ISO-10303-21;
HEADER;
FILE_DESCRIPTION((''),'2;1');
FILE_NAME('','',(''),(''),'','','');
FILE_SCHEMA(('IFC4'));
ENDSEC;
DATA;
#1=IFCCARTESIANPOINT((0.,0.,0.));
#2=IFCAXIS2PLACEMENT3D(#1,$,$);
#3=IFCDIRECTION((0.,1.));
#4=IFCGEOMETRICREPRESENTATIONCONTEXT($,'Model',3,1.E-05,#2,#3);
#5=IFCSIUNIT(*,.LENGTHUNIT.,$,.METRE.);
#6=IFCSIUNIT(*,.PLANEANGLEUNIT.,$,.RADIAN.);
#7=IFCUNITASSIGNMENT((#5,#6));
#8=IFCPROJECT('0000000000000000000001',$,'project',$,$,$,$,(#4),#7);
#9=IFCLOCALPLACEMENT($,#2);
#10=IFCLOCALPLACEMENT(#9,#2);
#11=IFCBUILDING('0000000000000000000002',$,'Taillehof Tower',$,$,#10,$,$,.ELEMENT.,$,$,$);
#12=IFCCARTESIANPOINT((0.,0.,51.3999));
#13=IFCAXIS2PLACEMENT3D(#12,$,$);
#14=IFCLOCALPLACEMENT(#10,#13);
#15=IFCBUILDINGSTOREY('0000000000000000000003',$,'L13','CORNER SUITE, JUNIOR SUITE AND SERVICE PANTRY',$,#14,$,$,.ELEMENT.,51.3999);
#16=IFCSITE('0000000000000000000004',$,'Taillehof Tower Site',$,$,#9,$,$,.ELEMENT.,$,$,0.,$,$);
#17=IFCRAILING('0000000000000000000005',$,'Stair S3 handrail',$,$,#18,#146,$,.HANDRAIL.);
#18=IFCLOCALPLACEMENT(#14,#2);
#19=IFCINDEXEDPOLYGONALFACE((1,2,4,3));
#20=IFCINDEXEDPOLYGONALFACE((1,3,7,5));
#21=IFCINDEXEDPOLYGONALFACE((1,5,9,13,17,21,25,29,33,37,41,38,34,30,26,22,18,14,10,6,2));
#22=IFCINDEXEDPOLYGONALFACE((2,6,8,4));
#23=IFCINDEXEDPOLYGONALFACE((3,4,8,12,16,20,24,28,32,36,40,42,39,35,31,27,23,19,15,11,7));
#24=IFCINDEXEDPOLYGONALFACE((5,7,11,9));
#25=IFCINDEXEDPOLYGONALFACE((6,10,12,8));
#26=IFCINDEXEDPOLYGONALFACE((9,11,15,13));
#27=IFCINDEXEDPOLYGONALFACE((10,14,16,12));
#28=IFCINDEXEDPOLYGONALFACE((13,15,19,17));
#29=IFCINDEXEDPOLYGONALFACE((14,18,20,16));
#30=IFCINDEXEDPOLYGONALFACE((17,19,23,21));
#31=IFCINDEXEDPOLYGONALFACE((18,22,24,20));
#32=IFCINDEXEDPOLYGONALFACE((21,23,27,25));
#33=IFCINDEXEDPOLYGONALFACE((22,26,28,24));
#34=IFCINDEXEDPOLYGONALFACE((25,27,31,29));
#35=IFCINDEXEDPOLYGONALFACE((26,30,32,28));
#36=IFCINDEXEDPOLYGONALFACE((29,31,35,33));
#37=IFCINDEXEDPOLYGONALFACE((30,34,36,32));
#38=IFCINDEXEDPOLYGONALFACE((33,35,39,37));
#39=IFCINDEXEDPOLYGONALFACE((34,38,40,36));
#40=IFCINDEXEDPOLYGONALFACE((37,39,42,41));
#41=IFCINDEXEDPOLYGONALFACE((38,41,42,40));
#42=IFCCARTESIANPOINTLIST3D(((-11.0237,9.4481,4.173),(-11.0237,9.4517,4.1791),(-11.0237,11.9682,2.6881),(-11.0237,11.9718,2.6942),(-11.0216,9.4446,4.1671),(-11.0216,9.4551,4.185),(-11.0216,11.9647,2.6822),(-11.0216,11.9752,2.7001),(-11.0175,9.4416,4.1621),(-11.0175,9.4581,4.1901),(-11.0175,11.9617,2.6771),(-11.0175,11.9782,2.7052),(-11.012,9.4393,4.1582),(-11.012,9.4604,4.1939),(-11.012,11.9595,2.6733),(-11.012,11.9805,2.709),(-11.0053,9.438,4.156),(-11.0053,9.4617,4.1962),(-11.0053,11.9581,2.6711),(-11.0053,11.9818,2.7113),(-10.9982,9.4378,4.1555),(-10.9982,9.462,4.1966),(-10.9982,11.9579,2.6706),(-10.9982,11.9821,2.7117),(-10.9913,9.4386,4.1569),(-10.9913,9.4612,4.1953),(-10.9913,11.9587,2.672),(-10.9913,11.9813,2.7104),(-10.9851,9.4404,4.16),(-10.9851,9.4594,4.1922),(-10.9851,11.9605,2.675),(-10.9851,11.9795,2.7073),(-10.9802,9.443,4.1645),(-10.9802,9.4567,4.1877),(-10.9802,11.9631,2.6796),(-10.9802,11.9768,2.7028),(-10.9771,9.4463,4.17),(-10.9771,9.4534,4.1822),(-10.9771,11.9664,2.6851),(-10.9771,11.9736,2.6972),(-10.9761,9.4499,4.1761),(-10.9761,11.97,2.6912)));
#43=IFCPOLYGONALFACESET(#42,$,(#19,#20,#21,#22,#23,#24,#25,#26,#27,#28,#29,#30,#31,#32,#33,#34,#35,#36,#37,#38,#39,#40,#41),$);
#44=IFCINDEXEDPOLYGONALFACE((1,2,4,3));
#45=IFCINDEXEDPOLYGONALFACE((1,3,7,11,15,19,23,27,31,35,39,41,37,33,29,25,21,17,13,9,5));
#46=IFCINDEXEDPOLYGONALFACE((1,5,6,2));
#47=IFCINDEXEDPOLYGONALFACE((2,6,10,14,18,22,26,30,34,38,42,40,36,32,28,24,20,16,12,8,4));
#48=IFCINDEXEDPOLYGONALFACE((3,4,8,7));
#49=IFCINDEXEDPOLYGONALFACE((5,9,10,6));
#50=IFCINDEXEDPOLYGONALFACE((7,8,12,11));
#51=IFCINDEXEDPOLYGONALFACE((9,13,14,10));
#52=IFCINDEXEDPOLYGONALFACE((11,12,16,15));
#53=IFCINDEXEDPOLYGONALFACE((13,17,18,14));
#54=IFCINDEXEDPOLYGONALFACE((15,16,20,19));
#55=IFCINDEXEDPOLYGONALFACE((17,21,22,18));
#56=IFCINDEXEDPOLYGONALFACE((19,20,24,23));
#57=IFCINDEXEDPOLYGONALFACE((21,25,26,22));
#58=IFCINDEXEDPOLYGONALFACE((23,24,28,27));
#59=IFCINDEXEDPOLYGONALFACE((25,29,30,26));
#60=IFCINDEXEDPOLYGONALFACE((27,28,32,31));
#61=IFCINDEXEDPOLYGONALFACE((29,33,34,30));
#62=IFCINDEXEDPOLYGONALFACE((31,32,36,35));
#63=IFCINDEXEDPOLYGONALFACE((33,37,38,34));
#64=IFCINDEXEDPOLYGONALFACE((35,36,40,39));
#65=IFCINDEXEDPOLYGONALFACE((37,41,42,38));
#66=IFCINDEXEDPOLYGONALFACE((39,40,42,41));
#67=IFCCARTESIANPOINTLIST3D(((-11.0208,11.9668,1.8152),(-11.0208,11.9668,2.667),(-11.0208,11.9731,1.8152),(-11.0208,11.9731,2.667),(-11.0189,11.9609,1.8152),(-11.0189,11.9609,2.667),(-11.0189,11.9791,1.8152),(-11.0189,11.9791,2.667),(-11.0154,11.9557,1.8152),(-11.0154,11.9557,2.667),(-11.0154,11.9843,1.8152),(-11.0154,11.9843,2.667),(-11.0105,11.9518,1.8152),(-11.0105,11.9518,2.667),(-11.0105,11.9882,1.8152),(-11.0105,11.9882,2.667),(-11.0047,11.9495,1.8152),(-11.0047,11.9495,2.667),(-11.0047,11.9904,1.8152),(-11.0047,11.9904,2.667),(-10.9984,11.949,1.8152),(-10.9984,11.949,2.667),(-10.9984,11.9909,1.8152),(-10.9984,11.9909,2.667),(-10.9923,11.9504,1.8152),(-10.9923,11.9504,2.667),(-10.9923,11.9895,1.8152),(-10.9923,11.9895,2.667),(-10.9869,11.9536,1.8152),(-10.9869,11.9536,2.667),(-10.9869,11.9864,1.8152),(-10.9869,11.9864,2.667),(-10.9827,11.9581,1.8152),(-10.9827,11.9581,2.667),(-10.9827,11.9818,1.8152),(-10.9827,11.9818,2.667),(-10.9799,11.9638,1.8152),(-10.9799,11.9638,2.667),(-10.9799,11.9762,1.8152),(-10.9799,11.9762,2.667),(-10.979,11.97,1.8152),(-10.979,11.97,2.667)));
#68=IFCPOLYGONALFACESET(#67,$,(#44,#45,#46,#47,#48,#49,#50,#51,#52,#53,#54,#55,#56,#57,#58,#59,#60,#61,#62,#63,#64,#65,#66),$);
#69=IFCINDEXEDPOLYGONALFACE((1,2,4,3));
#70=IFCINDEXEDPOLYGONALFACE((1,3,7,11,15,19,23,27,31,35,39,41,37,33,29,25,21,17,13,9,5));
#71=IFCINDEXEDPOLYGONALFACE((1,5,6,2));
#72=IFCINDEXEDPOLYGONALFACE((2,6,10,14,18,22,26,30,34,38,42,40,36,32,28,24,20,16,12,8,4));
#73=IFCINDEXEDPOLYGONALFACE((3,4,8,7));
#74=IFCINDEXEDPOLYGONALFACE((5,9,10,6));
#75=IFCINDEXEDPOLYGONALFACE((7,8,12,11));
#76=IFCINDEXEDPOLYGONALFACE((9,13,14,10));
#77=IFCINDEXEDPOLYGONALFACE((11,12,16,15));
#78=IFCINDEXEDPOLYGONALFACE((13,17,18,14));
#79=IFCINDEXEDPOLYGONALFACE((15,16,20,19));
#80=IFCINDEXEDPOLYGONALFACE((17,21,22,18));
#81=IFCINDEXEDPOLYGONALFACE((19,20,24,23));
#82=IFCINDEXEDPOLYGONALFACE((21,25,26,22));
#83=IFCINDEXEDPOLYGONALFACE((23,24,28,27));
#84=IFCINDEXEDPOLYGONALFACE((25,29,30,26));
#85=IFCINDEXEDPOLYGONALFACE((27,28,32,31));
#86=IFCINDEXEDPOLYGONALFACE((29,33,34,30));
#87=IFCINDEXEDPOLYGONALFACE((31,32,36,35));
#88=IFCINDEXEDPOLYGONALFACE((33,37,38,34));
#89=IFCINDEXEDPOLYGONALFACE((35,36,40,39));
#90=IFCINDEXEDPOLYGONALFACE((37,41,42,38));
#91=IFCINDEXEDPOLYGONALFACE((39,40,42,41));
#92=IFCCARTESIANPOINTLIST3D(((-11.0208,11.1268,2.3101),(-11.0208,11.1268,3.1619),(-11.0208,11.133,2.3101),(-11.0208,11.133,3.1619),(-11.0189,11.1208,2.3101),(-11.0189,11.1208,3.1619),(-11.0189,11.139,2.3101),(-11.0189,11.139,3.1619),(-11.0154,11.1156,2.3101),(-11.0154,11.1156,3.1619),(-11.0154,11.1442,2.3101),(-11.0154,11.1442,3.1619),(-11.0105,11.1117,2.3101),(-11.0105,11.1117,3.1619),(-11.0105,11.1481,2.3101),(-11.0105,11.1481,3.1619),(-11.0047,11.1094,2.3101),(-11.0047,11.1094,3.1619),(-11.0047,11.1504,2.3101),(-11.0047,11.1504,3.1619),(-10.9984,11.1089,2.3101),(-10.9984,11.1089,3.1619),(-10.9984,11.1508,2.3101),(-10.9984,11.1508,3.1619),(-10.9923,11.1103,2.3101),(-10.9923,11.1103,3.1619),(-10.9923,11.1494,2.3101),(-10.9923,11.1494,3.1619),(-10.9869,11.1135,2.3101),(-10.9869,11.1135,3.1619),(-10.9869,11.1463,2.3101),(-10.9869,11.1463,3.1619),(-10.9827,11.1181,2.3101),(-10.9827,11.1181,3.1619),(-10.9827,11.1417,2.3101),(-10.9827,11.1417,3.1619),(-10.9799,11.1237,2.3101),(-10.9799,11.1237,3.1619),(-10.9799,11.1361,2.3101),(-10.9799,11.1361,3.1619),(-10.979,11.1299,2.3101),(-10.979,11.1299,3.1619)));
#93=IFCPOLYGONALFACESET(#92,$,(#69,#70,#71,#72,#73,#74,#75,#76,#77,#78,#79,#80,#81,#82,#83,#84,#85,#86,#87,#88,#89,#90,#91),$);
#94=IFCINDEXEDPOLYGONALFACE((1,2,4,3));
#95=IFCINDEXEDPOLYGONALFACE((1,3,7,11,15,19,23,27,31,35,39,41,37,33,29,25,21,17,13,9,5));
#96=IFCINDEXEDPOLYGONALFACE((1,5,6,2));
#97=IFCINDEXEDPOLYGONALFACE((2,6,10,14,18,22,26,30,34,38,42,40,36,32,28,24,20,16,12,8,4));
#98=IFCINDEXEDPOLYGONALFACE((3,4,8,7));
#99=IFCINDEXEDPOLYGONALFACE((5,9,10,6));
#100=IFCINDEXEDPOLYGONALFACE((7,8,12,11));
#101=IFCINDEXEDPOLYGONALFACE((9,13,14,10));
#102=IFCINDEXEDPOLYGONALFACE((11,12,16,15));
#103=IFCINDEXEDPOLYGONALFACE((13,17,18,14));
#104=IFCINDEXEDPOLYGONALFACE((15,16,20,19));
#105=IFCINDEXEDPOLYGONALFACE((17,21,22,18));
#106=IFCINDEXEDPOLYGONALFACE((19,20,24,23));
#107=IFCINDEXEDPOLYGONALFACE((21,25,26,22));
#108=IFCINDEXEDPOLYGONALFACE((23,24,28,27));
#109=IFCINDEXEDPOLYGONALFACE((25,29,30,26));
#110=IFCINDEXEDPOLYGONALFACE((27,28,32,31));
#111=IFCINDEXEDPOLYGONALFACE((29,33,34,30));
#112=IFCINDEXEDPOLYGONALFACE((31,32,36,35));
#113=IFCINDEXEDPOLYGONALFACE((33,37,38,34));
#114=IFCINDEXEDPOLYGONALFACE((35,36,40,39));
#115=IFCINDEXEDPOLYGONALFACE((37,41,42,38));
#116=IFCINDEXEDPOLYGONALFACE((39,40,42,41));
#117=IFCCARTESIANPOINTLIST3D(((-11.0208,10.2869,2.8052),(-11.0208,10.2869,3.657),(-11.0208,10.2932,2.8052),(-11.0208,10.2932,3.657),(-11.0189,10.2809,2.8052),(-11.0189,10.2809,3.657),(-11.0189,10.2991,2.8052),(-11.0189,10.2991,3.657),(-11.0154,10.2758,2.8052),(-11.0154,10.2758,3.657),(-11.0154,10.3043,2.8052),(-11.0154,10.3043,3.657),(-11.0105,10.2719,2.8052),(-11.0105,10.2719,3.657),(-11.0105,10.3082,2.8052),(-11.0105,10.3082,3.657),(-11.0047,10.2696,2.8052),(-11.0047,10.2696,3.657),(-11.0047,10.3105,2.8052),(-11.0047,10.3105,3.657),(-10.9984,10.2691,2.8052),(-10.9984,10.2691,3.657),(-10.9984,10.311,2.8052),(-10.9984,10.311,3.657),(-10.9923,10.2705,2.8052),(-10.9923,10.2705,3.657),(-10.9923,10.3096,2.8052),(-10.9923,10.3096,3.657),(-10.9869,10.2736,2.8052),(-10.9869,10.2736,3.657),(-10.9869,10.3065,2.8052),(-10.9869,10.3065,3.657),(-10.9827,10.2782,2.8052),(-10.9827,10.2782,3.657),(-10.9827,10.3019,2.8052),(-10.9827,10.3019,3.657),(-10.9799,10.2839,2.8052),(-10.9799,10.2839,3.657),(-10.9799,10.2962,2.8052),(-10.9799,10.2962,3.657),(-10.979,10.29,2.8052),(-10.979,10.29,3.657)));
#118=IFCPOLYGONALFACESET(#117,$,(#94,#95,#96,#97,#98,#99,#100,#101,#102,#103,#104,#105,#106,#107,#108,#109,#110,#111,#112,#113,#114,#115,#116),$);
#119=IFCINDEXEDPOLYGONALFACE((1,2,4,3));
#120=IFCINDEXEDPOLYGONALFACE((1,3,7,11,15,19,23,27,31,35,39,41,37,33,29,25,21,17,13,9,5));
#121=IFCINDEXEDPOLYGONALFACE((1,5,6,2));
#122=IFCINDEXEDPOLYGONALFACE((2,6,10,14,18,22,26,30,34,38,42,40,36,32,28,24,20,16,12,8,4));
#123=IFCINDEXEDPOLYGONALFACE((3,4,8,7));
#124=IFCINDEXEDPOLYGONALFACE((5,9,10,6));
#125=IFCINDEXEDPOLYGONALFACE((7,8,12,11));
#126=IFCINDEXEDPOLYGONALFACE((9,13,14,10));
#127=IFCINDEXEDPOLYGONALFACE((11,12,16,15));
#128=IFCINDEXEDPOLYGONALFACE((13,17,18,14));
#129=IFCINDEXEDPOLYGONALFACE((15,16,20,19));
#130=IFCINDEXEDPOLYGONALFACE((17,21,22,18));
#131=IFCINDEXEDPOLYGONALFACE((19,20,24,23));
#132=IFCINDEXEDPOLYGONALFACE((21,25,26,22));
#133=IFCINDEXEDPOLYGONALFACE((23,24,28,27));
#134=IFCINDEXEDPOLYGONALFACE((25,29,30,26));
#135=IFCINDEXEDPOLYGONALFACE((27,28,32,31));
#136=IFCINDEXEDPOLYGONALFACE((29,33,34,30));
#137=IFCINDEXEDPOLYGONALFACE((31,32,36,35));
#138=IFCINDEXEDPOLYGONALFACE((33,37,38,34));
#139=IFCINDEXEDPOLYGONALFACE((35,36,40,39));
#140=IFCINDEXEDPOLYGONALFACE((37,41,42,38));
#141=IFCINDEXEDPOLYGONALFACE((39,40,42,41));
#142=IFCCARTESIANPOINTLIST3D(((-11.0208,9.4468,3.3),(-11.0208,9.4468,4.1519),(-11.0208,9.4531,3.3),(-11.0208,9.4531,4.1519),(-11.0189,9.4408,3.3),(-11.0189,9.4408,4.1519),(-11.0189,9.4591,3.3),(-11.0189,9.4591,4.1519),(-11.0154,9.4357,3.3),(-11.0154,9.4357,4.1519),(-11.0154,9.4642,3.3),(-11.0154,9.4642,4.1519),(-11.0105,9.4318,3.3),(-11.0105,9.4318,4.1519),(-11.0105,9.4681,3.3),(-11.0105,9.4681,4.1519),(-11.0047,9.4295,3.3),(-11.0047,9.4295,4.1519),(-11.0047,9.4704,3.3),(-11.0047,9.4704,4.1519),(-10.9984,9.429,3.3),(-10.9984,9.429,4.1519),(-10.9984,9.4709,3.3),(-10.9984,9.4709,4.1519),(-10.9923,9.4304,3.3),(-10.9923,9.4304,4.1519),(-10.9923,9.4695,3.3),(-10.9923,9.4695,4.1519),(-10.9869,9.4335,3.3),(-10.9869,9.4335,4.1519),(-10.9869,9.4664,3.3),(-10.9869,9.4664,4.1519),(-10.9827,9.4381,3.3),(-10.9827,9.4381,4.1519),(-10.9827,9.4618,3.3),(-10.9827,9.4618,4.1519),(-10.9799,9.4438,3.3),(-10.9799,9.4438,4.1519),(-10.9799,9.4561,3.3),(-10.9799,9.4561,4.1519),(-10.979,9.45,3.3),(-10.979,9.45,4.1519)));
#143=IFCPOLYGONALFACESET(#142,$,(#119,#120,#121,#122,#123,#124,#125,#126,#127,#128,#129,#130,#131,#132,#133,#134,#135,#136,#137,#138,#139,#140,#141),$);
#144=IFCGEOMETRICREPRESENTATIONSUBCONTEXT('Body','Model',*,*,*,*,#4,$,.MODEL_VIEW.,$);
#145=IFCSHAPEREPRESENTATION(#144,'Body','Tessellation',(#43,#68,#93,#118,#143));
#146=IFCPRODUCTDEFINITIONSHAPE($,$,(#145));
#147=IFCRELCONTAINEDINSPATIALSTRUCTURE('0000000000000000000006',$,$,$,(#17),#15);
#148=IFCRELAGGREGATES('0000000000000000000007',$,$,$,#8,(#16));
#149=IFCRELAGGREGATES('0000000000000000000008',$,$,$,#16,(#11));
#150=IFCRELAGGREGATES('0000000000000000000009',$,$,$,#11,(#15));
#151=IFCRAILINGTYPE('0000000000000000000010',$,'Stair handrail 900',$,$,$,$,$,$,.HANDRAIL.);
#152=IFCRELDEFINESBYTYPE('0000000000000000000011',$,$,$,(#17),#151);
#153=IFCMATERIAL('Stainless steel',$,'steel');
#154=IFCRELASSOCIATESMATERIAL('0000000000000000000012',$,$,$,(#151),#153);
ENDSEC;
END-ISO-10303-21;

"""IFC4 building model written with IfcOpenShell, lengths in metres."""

from ifc_helpers import new_model, si_unit, direction, frame, origin, origin_2d, place, context, subcontext, project, spatial, circle, extrude, material, type_object, element, save


model = new_model("IFC4")

# Units and contexts
model_context = context("Model", 3, precision=1e-05, world=origin(), true_north=direction((0.0, 1.0)))
body_context = subcontext(model_context, "Body", "Model", "MODEL_VIEW")
ifc_project = project(units=[si_unit("LENGTHUNIT", "METRE"), si_unit("PLANEANGLEUNIT", "RADIAN")], contexts=[model_context])

# Site, building, storey
site_placement = place(None, origin())
site = spatial("IfcSite", under=ifc_project, at=site_placement, Name="Taillehof Tower Site", CompositionType="ELEMENT", RefElevation=0.0)
building_placement = place(site_placement, origin())
building = spatial("IfcBuilding", under=site, at=building_placement, Name="Taillehof Tower", CompositionType="ELEMENT")
storey_placement = place(building_placement, frame((0.0, 0.0, 51.3999)))
storey = spatial("IfcBuildingStorey", under=building, at=storey_placement, Name="L13", Description="CORNER SUITE, JUNIOR SUITE AND SERVICE PANTRY", CompositionType="ELEMENT", Elevation=51.3999)

# Railing
ifc_material_1 = material(Name="Stainless steel", Category="steel")
railing_type = type_object("IfcRailingType", Name="Stair handrail 900", PredefinedType="HANDRAIL", material=ifc_material_1)
railing_placement = place(storey_placement, frame((-11.0, 11.97, 1.8152)))
element("IfcRailing", 1, at=railing_placement, inside=storey, type_object=railing_type, Name="Stair S3 handrail", PredefinedType="HANDRAIL", context=body_context, shape_type="SweptSolid", body=[
    extrude(circle(Radius=0.0239, at=origin_2d()), frame((0.0, 0.0, 0.876), z_axis=(0.0, -0.861561, 0.507655), x_axis=(1.0, 0.0, 0.0)), (0.0, 0.0, 1.0), 2.925),
    extrude(circle(Radius=0.021, at=origin_2d()), origin(), (0.0, 0.0, 1.0), 0.8518),
    extrude(circle(Radius=0.021, at=origin_2d()), frame((0.0, -0.8401, 0.4949)), (0.0, 0.0, 1.0), 0.8518),
    extrude(circle(Radius=0.021, at=origin_2d()), frame((0.0, -1.6799, 0.99)), (0.0, 0.0, 1.0), 0.8518),
    extrude(circle(Radius=0.021, at=origin_2d()), frame((0.0, -2.52, 1.4849)), (0.0, 0.0, 1.0), 0.8518),
])

save(model, "model.ifc")
